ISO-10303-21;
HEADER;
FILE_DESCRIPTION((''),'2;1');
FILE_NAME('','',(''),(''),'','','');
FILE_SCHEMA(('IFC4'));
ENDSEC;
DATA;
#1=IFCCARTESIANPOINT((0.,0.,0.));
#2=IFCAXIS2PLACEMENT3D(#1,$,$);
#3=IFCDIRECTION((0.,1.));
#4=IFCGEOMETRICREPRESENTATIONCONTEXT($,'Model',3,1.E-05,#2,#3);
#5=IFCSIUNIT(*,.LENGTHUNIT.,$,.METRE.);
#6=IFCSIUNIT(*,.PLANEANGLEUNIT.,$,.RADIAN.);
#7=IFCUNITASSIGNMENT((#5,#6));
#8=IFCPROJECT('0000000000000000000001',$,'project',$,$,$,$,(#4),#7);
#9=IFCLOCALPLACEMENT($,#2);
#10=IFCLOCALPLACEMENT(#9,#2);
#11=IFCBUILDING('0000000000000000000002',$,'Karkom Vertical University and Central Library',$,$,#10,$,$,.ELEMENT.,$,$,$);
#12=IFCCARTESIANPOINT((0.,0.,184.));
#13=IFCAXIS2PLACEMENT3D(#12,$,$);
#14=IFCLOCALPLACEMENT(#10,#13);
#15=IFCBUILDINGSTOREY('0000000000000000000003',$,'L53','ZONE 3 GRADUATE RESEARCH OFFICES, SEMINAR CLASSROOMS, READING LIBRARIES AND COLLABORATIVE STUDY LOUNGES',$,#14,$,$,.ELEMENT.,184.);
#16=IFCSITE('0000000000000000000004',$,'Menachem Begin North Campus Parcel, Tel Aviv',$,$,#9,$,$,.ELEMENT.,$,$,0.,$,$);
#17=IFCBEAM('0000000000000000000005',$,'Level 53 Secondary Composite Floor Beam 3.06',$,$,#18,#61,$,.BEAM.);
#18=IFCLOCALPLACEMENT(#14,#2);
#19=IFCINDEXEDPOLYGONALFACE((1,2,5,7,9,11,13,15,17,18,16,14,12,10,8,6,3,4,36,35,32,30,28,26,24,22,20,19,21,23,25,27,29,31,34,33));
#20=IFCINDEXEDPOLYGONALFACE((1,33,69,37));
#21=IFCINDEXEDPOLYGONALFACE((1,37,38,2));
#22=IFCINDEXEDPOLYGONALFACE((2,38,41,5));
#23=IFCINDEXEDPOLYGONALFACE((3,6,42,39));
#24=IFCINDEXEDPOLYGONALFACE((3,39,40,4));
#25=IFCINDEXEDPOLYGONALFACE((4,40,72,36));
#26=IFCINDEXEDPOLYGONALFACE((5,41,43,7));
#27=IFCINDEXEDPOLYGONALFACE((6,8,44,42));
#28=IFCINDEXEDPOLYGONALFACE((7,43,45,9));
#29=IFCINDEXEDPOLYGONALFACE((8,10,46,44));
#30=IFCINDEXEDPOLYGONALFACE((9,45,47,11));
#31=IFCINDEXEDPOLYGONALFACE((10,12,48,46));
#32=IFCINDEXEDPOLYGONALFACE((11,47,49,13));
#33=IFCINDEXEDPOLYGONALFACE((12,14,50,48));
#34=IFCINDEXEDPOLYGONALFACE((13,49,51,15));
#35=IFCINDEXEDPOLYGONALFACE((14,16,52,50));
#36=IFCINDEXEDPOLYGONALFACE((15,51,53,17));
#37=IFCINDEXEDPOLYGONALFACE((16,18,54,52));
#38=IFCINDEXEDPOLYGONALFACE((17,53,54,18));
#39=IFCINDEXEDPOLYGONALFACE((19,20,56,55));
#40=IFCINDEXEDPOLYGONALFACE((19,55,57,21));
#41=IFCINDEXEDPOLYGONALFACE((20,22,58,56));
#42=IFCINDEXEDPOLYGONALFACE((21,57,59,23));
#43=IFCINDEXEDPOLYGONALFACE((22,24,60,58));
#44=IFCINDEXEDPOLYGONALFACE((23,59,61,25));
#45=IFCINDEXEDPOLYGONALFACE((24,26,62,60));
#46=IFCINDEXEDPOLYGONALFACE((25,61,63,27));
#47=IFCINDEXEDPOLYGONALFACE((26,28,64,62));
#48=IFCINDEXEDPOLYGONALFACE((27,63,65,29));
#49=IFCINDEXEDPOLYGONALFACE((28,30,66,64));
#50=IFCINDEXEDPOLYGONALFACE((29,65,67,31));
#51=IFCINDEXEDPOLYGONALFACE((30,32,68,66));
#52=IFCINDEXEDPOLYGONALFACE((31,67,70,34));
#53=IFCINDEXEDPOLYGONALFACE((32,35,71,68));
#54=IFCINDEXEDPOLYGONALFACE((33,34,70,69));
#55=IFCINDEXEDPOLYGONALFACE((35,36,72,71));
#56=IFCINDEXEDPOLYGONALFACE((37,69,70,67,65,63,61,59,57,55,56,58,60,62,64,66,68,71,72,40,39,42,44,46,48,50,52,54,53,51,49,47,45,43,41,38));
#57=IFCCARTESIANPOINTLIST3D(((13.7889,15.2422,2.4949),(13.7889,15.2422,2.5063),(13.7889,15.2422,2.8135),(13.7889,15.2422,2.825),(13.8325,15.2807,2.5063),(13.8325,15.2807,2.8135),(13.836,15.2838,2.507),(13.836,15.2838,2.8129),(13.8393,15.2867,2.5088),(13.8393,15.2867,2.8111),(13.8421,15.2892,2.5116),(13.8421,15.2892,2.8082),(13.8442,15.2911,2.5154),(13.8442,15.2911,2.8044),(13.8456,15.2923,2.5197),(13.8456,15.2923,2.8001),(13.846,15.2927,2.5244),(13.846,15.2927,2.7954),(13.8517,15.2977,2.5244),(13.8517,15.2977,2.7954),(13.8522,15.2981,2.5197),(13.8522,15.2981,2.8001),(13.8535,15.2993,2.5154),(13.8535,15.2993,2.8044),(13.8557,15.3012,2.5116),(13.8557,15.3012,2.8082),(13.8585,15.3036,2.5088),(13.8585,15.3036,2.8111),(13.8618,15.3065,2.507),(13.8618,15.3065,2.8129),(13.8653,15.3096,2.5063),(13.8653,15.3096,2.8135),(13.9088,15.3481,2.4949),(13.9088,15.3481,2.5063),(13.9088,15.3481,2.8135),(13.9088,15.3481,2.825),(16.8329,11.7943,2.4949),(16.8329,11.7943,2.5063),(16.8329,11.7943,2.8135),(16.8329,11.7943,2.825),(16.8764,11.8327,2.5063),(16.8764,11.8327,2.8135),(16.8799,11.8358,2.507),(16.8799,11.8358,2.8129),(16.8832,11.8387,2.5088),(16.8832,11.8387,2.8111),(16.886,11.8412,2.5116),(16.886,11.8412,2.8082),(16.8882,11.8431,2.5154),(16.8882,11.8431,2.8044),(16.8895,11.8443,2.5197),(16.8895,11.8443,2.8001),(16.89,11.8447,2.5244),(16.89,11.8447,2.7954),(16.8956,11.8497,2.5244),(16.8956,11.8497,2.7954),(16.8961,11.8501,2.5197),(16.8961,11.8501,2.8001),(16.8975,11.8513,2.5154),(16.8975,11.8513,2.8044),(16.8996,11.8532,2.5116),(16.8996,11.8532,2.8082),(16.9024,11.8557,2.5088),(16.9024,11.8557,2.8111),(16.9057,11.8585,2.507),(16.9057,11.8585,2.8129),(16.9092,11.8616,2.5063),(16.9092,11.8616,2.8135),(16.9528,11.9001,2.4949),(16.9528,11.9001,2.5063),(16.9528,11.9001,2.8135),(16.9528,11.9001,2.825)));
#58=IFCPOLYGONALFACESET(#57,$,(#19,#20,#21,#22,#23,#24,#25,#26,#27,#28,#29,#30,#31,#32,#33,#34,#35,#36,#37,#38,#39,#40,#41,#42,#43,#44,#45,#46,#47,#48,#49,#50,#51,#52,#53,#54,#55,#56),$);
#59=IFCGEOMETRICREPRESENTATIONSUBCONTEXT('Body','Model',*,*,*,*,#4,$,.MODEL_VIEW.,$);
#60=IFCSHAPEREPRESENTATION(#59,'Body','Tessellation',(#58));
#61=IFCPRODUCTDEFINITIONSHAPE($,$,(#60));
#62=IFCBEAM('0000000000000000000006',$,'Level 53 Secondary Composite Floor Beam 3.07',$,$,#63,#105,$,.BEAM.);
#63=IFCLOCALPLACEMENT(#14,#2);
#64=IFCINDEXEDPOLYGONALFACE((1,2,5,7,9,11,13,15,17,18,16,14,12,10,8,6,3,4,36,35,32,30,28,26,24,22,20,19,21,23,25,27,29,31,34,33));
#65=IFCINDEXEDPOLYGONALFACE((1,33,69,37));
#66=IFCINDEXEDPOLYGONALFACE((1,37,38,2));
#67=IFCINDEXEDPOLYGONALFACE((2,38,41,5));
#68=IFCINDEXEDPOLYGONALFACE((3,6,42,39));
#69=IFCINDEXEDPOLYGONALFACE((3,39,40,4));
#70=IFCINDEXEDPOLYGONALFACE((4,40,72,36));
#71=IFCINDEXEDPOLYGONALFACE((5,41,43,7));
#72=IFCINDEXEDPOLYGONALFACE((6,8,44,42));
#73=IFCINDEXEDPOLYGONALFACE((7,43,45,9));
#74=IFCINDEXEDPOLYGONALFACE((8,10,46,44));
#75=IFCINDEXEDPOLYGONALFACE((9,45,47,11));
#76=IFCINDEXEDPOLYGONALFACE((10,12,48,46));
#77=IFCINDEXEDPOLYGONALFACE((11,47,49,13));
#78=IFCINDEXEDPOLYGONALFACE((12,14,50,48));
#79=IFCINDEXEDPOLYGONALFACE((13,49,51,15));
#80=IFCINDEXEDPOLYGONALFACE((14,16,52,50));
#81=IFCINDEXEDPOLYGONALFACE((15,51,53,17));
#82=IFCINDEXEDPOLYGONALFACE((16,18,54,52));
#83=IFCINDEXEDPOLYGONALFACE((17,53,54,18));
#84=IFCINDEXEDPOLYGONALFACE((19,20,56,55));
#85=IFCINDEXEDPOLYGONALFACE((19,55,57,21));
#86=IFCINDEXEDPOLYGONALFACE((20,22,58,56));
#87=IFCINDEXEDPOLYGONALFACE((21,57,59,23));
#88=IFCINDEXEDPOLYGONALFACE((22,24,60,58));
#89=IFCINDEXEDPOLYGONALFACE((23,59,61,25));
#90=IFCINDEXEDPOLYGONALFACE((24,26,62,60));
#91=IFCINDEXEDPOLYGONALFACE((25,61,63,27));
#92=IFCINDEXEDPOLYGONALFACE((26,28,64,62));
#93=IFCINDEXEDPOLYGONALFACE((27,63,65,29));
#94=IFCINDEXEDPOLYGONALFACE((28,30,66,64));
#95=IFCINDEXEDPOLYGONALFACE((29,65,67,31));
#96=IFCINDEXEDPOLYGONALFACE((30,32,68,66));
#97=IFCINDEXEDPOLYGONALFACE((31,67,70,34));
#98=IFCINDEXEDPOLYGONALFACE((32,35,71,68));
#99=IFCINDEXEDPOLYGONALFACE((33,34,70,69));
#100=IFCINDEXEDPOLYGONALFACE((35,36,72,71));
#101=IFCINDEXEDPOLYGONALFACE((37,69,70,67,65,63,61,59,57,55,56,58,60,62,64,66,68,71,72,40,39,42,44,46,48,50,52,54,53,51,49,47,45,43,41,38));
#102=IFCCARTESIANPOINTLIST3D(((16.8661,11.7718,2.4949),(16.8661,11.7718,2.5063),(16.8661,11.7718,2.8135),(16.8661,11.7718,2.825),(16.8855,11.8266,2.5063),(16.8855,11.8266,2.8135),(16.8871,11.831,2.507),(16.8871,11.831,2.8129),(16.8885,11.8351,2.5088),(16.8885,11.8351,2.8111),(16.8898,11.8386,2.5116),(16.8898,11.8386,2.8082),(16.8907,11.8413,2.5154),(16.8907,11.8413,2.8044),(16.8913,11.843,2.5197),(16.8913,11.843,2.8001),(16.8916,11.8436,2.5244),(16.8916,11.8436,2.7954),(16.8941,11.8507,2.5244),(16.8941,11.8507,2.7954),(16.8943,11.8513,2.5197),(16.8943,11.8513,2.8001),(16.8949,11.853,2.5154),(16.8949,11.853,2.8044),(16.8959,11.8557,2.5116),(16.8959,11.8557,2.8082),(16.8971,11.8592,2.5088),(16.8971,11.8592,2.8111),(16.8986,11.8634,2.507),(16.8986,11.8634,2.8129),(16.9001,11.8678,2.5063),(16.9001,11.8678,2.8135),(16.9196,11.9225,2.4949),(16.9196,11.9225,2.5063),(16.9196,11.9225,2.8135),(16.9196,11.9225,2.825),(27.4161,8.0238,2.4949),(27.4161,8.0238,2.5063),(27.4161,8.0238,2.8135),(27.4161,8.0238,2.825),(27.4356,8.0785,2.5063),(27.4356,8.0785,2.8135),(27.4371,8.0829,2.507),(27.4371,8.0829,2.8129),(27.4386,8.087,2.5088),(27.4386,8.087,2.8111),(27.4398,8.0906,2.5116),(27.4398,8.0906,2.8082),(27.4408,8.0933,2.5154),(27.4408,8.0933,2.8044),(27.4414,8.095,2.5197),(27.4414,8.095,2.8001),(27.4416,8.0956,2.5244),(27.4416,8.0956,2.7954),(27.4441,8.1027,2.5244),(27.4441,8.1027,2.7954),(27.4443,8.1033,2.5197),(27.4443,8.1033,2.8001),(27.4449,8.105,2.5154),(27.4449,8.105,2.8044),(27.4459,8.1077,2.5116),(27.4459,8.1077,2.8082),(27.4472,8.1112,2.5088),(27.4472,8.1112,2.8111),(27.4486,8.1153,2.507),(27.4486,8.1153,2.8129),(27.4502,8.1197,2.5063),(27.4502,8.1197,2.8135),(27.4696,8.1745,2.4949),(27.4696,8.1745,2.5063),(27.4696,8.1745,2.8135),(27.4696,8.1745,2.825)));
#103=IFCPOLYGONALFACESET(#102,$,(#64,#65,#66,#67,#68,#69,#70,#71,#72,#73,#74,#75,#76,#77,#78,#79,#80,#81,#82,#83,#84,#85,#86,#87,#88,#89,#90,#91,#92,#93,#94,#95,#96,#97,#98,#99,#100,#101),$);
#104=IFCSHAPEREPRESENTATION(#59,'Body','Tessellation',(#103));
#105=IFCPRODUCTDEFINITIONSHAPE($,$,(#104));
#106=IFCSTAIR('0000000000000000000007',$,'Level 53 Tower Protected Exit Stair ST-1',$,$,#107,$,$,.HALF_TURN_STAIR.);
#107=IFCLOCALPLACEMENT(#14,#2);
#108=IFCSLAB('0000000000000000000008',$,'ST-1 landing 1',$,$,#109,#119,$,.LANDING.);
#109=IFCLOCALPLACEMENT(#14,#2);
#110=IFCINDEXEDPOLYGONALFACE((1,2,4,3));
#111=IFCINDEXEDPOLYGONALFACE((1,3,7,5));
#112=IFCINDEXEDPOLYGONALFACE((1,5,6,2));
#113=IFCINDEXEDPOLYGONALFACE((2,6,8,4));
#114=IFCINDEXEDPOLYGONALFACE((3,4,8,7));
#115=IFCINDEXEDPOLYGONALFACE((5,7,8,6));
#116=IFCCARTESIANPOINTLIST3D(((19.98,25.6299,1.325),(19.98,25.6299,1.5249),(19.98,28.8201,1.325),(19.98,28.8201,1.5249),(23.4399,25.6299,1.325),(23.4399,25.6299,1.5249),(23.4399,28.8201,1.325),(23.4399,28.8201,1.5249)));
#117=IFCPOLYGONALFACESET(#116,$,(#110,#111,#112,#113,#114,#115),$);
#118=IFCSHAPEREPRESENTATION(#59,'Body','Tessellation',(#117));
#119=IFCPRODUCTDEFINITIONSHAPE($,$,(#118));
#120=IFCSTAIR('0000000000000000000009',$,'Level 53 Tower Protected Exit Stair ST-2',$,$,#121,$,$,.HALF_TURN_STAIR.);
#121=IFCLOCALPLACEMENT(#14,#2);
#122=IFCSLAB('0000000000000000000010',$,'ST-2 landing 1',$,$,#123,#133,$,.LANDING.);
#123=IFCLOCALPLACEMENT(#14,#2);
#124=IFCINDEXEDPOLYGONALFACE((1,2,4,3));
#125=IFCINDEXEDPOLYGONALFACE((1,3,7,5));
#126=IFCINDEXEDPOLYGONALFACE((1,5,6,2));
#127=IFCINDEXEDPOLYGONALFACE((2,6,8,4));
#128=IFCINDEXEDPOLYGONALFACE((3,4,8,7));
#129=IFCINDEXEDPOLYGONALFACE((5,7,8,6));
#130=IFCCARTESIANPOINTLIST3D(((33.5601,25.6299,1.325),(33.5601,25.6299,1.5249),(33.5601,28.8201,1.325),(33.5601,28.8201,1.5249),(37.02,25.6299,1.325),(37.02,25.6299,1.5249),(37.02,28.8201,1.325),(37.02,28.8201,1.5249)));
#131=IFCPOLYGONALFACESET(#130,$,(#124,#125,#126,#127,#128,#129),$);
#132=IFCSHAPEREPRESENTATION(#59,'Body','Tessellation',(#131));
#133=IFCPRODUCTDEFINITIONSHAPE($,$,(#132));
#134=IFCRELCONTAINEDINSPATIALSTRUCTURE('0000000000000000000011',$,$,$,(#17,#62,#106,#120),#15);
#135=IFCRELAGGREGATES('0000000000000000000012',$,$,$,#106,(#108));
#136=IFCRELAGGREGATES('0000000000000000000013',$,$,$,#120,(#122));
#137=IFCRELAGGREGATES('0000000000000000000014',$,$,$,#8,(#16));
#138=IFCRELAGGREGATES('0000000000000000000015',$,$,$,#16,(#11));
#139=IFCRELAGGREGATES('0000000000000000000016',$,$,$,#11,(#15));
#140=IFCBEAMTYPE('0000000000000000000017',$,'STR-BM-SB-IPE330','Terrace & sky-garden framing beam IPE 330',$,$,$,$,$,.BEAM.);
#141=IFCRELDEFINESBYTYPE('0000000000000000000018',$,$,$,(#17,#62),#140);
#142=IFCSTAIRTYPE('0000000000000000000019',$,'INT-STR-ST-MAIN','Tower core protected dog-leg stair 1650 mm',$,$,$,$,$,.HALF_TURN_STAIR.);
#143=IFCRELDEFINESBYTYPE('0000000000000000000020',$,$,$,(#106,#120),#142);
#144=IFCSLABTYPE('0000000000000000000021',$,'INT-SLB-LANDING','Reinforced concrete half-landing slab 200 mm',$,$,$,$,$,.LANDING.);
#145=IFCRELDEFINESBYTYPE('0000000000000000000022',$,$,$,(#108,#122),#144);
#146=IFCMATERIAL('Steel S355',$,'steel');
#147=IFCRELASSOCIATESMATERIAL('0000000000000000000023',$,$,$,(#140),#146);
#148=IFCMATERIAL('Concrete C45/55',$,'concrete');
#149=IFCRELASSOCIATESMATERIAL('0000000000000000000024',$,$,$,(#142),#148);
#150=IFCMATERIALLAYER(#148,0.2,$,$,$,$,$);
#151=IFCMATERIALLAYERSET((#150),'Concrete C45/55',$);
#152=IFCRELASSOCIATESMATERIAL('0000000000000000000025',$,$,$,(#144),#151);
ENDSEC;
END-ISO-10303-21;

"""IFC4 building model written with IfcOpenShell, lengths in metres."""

from ifc_helpers import new_model, si_unit, direction, frame, origin, origin_with_axes, origin_2d, place, context, subcontext, project, spatial, polyline, i_section, outline, extrude, source, transform, mapped, material, layer, layer_set, material_profile, profile_set, type_object, element, aggregate, save


model = new_model("IFC4")

# Units and contexts
model_context = context("Model", 3, precision=1e-05, world=origin(), true_north=direction((0.0, 1.0)))
body_context = subcontext(model_context, "Body", "Model", "MODEL_VIEW")
ifc_project = project(units=[si_unit("LENGTHUNIT", "METRE"), si_unit("PLANEANGLEUNIT", "RADIAN")], contexts=[model_context])

# Site, building, storey
site_placement = place(None, origin())
site = spatial("IfcSite", under=ifc_project, at=site_placement, Name="Menachem Begin North Campus Parcel, Tel Aviv", CompositionType="ELEMENT", RefElevation=0.0)
building_placement = place(site_placement, origin())
building = spatial("IfcBuilding", under=site, at=building_placement, Name="Karkom Vertical University and Central Library", CompositionType="ELEMENT")
storey_placement = place(building_placement, frame((0.0, 0.0, 184.0)))
storey = spatial("IfcBuildingStorey", under=building, at=storey_placement, Name="L53", Description="ZONE 3 GRADUATE RESEARCH OFFICES, SEMINAR CLASSROOMS, READING LIBRARIES AND COLLABORATIVE STUDY LOUNGES", CompositionType="ELEMENT", Elevation=184.0)

# Beams
ifc_material_1 = material(Name="Steel S355", Category="steel")
ifc_material_profile_1 = material_profile(ifc_material_1, i_section(OverallWidth=0.1599, OverallDepth=0.3301, WebThickness=0.0076, FlangeThickness=0.0115, FilletRadius=0.0181, at=origin_2d()), Name="IPE 330")
ifc_profile_set_1 = profile_set([ifc_material_profile_1], Name="Steel S355")
beam_type_1 = type_object("IfcBeamType", Name="STR-BM-SB-IPE330", Description="Terrace & sky-garden framing beam IPE 330", PredefinedType="BEAM", material=ifc_profile_set_1)
shared_shape_1 = source(origin_with_axes(), body_context, "Body", "SweptSolid", [
    extrude(i_section(OverallWidth=0.1599, OverallDepth=0.3301, WebThickness=0.0076, FlangeThickness=0.0115, FilletRadius=0.0181, at=origin_2d()), origin(), (0.0, 0.0, 1.0), 4.5994),
])
beam_1_placement = place(storey_placement, frame((13.8489, 15.2952, 2.6599), z_axis=(0.661816, -0.749666, 0.0), x_axis=(0.749666, 0.661816, 0.0)))
element("IfcBeam", 1, at=beam_1_placement, inside=storey, type_object=beam_type_1, Name="Level 53 Secondary Composite Floor Beam 3.06", PredefinedType="BEAM", context=body_context, shape_type="MappedRepresentation", body=[
    mapped(shared_shape_1, transform((0.0, 0.0, 0.0), scale=1.0)),
])
shared_shape_2 = source(origin_with_axes(), body_context, "Body", "SweptSolid", [
    extrude(i_section(OverallWidth=0.1599, OverallDepth=0.3301, WebThickness=0.0076, FlangeThickness=0.0115, FilletRadius=0.0181, at=origin_2d()), origin(), (0.0, 0.0, 1.0), 11.196),
])
beam_2_placement = place(storey_placement, frame((16.8928, 11.8472, 2.6599), z_axis=(0.942302, -0.334765, 0.0), x_axis=(0.334765, 0.942302, 0.0)))
element("IfcBeam", 2, at=beam_2_placement, inside=storey, type_object=beam_type_1, Name="Level 53 Secondary Composite Floor Beam 3.07", PredefinedType="BEAM", context=body_context, shape_type="MappedRepresentation", body=[
    mapped(shared_shape_2, transform((0.0, 0.0, 0.0), scale=1.0)),
])

# Stairs, slabs
ifc_material_2 = material(Name="Concrete C45/55", Category="concrete")
stair_type = type_object("IfcStairType", Name="INT-STR-ST-MAIN", Description="Tower core protected dog-leg stair 1650 mm", PredefinedType="HALF_TURN_STAIR", material=ifc_material_2)
stair_1_placement = place(storey_placement, origin())
stair_1 = element("IfcStair", 3, at=stair_1_placement, inside=storey, type_object=stair_type, Name="Level 53 Tower Protected Exit Stair ST-1", PredefinedType="HALF_TURN_STAIR")
ifc_layer_1 = layer(ifc_material_2, 0.2)
ifc_layer_set_1 = layer_set([ifc_layer_1], Name="Concrete C45/55")
slab_type_1 = type_object("IfcSlabType", Name="INT-SLB-LANDING", Description="Reinforced concrete half-landing slab 200 mm", PredefinedType="LANDING", material=ifc_layer_set_1)
slab_1_placement = place(storey_placement, frame((0.0, 0.0, 1.325)))
slab_1 = element("IfcSlab", 4, at=slab_1_placement, type_object=slab_type_1, Name="ST-1 landing 1", PredefinedType="LANDING", context=body_context, shape_type="SweptSolid", body=[
    extrude(outline(polyline([(23.4399, 25.6299), (23.4399, 28.8201), (19.98, 28.8201), (19.98, 25.6299), (23.4399, 25.6299)])), origin(), (0.0, 0.0, 1.0), 0.2),
])
aggregate(stair_1, [slab_1])
stair_2_placement = place(storey_placement, origin())
stair_2 = element("IfcStair", 5, at=stair_2_placement, inside=storey, type_object=stair_type, Name="Level 53 Tower Protected Exit Stair ST-2", PredefinedType="HALF_TURN_STAIR")
slab_2_placement = place(storey_placement, frame((0.0, 0.0, 1.325)))
slab_2 = element("IfcSlab", 6, at=slab_2_placement, type_object=slab_type_1, Name="ST-2 landing 1", PredefinedType="LANDING", context=body_context, shape_type="SweptSolid", body=[
    extrude(outline(polyline([(37.02, 25.6299), (37.02, 28.8201), (33.5601, 28.8201), (33.5601, 25.6299), (37.02, 25.6299)])), origin(), (0.0, 0.0, 1.0), 0.2),
])
aggregate(stair_2, [slab_2])

save(model, "model.ifc")
